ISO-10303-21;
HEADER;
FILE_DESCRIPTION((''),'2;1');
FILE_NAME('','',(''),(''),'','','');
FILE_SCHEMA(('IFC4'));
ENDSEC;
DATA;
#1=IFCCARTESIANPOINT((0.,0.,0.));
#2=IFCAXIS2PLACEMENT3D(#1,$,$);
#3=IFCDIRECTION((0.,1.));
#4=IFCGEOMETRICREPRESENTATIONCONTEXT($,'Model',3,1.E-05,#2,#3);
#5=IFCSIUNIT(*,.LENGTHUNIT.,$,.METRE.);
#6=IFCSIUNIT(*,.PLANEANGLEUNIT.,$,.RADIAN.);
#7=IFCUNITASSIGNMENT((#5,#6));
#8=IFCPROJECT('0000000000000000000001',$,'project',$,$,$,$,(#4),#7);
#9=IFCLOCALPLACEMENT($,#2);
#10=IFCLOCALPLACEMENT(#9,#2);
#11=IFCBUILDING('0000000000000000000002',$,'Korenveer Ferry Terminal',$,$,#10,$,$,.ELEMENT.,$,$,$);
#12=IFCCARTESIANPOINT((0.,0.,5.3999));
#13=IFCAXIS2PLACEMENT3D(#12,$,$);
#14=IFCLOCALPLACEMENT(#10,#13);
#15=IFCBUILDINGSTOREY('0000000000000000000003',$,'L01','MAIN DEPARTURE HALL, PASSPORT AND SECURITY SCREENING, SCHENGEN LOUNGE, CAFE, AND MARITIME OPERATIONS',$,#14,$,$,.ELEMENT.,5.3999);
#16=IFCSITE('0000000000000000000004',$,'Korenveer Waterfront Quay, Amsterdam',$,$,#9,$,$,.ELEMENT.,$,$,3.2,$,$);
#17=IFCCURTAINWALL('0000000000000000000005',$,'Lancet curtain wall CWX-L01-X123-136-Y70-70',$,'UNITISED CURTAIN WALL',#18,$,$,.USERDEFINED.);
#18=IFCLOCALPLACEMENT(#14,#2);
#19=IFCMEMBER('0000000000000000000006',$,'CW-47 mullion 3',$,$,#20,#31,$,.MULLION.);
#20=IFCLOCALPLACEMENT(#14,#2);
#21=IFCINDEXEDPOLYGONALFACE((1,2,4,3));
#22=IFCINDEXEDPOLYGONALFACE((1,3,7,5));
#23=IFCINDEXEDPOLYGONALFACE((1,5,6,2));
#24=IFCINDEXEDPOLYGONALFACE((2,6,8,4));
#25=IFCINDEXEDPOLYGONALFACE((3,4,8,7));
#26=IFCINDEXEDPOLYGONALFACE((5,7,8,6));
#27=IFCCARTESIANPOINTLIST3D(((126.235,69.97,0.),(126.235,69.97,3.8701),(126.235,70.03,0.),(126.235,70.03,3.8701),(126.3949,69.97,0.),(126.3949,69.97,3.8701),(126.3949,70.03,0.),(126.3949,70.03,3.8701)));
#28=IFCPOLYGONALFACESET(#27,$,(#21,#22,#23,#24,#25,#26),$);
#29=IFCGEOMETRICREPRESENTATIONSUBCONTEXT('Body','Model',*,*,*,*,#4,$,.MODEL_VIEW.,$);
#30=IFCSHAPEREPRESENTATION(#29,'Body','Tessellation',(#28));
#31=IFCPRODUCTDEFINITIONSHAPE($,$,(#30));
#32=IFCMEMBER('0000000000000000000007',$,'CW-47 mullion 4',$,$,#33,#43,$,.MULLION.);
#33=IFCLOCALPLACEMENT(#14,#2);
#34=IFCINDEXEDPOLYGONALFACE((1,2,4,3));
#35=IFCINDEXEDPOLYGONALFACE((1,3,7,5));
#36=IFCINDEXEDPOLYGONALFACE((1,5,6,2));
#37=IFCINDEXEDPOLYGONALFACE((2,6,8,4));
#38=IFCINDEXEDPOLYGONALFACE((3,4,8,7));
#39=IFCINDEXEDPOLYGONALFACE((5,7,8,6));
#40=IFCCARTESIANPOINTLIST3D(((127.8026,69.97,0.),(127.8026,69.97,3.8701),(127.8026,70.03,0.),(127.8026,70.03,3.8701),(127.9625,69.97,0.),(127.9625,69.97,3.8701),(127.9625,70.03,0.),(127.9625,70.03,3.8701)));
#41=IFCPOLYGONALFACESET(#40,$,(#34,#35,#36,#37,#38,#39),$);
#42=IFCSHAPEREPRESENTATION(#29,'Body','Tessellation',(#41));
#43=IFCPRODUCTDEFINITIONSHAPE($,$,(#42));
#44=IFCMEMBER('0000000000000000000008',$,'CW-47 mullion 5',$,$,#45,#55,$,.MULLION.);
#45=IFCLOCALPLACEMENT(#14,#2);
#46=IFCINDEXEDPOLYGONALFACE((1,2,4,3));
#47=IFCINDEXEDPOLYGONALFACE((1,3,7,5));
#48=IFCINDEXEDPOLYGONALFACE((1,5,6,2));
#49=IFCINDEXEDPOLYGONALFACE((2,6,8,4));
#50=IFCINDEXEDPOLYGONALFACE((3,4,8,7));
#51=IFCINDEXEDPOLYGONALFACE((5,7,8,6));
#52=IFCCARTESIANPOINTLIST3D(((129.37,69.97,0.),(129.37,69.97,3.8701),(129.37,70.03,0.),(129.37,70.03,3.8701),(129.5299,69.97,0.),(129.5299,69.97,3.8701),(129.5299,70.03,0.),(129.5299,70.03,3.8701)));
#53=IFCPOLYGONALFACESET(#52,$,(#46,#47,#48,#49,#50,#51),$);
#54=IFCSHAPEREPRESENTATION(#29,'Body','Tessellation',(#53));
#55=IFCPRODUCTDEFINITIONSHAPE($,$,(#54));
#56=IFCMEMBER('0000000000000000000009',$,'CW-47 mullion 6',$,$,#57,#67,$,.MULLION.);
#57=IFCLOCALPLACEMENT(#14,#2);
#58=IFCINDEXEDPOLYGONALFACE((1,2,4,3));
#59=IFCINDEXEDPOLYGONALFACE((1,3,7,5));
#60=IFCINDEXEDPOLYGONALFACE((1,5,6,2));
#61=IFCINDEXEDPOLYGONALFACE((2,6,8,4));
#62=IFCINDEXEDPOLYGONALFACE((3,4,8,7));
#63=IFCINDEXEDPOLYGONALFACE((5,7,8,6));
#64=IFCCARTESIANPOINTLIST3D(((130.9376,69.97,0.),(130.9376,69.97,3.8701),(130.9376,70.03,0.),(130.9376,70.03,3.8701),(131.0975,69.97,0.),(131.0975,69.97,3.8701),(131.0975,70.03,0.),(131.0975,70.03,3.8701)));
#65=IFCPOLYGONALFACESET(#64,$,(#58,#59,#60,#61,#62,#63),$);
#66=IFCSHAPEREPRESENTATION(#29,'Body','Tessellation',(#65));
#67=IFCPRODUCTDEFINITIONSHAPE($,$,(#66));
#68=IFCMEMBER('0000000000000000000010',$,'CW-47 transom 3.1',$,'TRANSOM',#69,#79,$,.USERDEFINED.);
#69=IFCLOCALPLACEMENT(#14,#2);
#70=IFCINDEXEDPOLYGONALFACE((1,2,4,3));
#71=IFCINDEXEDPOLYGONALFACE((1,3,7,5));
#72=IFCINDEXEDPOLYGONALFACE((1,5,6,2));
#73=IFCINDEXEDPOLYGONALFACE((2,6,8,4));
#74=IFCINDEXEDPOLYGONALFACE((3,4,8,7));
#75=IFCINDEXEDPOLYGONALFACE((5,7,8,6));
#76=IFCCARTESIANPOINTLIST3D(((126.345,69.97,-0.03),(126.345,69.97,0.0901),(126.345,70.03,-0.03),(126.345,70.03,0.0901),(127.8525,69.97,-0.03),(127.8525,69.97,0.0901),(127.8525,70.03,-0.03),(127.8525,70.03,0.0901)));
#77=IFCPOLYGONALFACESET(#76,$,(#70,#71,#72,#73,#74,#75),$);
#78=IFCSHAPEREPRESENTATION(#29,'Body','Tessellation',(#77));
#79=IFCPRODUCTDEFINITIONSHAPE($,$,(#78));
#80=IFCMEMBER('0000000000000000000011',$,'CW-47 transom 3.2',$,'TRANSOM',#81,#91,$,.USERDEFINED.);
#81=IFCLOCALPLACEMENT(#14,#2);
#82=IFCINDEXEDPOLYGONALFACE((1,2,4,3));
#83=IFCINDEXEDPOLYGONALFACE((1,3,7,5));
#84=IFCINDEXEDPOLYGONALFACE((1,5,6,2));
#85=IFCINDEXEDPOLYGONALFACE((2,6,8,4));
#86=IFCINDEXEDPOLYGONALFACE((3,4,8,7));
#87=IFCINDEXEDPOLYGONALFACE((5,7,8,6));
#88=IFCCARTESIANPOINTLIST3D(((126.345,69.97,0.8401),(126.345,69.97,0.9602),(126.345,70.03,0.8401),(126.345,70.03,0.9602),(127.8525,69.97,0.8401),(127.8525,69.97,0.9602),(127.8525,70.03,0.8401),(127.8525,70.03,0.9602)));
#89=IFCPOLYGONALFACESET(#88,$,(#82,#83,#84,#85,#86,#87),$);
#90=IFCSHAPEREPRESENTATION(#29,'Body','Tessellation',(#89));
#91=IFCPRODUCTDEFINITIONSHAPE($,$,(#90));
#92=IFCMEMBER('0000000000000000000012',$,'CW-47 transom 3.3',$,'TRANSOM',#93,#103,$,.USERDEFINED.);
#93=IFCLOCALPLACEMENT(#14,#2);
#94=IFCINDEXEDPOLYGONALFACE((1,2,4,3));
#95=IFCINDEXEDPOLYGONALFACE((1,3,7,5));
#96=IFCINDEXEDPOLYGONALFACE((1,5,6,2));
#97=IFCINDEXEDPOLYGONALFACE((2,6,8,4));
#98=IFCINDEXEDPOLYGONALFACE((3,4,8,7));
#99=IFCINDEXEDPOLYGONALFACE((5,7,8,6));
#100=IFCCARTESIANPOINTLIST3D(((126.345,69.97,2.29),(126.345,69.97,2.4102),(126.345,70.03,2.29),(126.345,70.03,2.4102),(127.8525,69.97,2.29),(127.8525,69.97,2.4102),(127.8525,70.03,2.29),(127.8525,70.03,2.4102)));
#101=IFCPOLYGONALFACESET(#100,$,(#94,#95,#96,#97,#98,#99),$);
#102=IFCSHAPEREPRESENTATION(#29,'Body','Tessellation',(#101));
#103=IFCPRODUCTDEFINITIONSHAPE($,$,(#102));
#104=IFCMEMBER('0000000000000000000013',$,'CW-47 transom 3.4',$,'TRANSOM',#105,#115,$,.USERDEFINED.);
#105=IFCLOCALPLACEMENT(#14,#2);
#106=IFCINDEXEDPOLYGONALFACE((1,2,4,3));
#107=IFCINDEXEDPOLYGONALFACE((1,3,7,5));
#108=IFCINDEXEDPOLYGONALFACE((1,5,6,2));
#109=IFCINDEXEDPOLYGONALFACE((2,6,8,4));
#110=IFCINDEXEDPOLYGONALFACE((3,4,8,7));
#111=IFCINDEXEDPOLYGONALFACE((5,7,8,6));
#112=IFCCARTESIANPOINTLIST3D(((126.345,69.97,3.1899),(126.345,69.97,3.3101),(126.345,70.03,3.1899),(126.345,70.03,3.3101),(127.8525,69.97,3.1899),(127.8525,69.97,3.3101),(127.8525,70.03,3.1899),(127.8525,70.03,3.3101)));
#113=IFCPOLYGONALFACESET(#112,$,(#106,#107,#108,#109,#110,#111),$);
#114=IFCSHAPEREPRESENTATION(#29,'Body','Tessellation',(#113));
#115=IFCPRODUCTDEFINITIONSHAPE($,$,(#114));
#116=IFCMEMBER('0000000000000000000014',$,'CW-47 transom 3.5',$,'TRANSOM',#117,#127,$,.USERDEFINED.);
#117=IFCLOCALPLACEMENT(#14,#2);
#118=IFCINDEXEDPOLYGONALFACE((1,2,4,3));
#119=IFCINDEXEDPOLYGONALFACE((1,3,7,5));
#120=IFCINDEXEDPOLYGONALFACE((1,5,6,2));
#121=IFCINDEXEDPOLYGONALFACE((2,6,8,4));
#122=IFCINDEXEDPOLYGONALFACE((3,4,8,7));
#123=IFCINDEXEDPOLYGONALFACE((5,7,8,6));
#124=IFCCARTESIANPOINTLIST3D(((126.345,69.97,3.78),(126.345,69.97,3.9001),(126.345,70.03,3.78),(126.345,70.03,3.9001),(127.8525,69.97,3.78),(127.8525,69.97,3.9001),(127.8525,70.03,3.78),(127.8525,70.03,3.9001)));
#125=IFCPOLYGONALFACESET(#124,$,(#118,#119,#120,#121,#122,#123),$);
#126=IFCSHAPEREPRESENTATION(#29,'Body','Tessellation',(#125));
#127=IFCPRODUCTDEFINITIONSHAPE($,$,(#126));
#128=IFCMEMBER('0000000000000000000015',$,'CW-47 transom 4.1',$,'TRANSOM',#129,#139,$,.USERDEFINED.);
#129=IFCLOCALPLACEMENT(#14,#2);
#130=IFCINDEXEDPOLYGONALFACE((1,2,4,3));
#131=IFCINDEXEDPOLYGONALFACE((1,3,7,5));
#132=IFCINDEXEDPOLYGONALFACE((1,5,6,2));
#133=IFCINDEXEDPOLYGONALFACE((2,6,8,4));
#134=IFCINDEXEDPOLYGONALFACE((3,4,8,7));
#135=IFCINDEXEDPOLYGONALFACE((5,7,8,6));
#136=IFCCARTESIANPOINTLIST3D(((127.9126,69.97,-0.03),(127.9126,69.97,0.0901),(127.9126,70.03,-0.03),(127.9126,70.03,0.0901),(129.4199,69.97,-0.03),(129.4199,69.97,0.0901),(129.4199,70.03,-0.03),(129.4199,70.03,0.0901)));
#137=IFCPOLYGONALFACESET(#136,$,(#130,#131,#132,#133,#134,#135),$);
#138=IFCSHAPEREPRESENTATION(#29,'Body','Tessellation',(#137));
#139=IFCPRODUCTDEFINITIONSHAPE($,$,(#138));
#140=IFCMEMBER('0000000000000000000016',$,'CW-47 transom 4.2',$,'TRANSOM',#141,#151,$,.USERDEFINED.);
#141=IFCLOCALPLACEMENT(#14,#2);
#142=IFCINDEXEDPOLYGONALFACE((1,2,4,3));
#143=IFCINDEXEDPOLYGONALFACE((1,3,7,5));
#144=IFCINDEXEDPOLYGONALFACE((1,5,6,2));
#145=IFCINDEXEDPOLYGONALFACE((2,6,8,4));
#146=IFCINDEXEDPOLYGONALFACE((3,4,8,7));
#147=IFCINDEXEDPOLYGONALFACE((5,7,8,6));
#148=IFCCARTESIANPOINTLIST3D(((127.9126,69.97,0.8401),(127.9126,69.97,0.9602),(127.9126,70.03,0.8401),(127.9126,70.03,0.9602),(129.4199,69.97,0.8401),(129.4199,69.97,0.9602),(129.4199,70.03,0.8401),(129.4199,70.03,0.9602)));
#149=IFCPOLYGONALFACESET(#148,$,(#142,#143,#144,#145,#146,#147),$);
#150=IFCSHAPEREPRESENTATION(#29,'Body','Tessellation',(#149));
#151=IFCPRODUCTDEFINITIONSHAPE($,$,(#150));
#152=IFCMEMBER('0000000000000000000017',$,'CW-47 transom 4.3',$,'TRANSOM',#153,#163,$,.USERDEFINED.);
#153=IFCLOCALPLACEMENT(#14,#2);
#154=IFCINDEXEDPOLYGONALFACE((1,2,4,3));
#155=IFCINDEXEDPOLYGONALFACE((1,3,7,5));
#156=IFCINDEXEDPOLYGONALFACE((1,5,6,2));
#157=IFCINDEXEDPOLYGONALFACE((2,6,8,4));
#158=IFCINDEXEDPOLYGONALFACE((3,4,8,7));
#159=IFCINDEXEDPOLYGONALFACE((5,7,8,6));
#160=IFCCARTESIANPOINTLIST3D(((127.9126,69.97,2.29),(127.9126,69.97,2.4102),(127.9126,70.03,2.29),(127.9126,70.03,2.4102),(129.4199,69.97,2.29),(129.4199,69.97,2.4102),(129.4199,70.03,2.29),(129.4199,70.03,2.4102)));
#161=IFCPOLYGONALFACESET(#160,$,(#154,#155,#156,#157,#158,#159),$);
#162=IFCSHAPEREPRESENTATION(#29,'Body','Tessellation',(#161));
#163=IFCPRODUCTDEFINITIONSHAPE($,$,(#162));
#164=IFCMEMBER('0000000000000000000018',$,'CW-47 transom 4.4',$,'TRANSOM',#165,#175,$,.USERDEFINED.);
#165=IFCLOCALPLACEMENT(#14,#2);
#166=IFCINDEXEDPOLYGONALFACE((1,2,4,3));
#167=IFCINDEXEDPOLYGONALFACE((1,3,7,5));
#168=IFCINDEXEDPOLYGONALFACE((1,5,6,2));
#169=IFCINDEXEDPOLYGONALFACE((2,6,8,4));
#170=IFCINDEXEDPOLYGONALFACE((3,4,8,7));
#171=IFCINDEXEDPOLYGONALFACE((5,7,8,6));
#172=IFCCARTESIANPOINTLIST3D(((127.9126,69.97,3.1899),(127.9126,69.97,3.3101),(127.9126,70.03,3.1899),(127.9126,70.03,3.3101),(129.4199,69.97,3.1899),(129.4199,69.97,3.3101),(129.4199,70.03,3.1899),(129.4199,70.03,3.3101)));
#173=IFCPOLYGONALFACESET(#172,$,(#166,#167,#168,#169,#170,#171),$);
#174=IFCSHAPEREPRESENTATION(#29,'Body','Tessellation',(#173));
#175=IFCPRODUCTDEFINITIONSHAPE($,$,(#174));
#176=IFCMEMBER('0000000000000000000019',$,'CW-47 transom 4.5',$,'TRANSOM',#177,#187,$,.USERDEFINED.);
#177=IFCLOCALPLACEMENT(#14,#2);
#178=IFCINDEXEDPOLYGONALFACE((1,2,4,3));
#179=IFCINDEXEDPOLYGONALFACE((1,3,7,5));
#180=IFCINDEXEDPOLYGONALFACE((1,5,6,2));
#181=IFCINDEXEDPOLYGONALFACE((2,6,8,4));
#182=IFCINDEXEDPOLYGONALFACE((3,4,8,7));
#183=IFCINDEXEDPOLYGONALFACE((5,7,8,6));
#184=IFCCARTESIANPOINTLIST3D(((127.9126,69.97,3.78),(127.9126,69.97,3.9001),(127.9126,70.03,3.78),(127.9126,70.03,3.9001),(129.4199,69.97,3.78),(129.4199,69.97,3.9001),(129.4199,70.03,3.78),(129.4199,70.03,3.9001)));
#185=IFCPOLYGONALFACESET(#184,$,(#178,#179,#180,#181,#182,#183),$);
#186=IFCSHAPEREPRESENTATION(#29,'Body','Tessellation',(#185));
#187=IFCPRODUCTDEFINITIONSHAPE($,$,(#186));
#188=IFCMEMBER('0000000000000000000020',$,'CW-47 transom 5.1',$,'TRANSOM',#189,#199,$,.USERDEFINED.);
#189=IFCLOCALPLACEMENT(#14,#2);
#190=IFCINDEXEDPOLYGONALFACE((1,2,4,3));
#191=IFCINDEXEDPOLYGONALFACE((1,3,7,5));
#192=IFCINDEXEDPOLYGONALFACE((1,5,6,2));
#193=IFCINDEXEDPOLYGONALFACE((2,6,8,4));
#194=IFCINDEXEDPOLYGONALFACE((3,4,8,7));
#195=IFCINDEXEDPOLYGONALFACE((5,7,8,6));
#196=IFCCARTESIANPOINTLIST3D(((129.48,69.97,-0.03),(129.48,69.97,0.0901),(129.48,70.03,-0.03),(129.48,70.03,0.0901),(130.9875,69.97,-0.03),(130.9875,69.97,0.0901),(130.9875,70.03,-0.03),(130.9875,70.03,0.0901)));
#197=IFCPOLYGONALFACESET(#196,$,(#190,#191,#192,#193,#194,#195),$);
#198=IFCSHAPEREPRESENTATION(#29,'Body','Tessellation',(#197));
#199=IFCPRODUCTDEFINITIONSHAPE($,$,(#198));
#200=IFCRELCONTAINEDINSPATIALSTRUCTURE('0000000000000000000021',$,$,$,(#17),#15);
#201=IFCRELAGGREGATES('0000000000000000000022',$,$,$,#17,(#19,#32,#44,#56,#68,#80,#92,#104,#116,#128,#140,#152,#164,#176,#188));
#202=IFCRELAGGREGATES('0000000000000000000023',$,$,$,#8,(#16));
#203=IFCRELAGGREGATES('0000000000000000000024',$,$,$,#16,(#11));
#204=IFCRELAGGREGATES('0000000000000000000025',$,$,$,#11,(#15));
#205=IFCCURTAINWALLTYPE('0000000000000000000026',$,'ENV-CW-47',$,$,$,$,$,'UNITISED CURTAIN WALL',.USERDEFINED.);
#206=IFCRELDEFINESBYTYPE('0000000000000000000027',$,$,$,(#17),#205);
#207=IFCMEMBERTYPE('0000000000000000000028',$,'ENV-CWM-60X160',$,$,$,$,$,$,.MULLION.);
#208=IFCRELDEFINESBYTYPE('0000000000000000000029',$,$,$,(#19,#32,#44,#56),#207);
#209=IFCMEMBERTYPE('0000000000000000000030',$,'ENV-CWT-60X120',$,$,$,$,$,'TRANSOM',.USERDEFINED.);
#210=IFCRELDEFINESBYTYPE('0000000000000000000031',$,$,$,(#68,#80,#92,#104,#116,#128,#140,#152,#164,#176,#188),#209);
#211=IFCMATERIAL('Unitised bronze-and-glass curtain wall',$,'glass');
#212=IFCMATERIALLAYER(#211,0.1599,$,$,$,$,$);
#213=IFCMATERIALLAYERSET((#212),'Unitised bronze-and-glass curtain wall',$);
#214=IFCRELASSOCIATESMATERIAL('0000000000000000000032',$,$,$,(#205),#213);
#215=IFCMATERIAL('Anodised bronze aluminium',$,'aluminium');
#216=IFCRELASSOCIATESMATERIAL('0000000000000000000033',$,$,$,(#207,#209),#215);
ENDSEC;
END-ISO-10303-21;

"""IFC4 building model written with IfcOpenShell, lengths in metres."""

from ifc_helpers import new_model, si_unit, direction, frame, origin, origin_2d, place, context, subcontext, project, spatial, rectangle, extrude, material, layer, layer_set, material_profile, profile_set, type_object, element, aggregate, save


model = new_model("IFC4")

# Units and contexts
model_context = context("Model", 3, precision=1e-05, world=origin(), true_north=direction((0.0, 1.0)))
body_context = subcontext(model_context, "Body", "Model", "MODEL_VIEW")
ifc_project = project(units=[si_unit("LENGTHUNIT", "METRE"), si_unit("PLANEANGLEUNIT", "RADIAN")], contexts=[model_context])

# Site, building, storey
site_placement = place(None, origin())
site = spatial("IfcSite", under=ifc_project, at=site_placement, Name="Korenveer Waterfront Quay, Amsterdam", CompositionType="ELEMENT", RefElevation=3.2)
building_placement = place(site_placement, origin())
building = spatial("IfcBuilding", under=site, at=building_placement, Name="Korenveer Ferry Terminal", CompositionType="ELEMENT")
storey_placement = place(building_placement, frame((0.0, 0.0, 5.3999)))
storey = spatial("IfcBuildingStorey", under=building, at=storey_placement, Name="L01", Description="MAIN DEPARTURE HALL, PASSPORT AND SECURITY SCREENING, SCHENGEN LOUNGE, CAFE, AND MARITIME OPERATIONS", CompositionType="ELEMENT", Elevation=5.3999)

# Curtain wall, members
ifc_material_1 = material(Name="Unitised bronze-and-glass curtain wall", Category="glass")
ifc_layer_1 = layer(ifc_material_1, 0.1599)
ifc_layer_set_1 = layer_set([ifc_layer_1], Name="Unitised bronze-and-glass curtain wall")
curtain_wall_type = type_object("IfcCurtainWallType", Name="ENV-CW-47", ElementType="UNITISED CURTAIN WALL", PredefinedType="USERDEFINED", material=ifc_layer_set_1)
curtain_wall_placement = place(storey_placement, frame((123.1799, 70.0, 0.0)))
curtain_wall = element("IfcCurtainWall", 1, at=curtain_wall_placement, inside=storey, type_object=curtain_wall_type, Name="Lancet curtain wall CWX-L01-X123-136-Y70-70", ObjectType="UNITISED CURTAIN WALL", PredefinedType="USERDEFINED")
ifc_material_2 = material(Name="Anodised bronze aluminium", Category="aluminium")
ifc_material_profile_1 = material_profile(ifc_material_2, rectangle(XDim=0.0601, YDim=0.1599, at=origin_2d()), Name="ALU 60x160")
ifc_profile_set_1 = profile_set([ifc_material_profile_1], Name="Anodised bronze aluminium")
member_type_1 = type_object("IfcMemberType", Name="ENV-CWM-60X160", PredefinedType="MULLION", material=ifc_profile_set_1)
member_1_placement = place(storey_placement, frame((126.3149, 70.0, 0.0), z_axis=(0.0, 0.0, 1.0), x_axis=(0.0, 1.0, 0.0)))
member_1 = element("IfcMember", 2, at=member_1_placement, type_object=member_type_1, Name="CW-47 mullion 3", PredefinedType="MULLION", context=body_context, shape_type="SweptSolid", body=[
    extrude(rectangle(XDim=0.0601, YDim=0.1599, at=origin_2d()), origin(), (0.0, 0.0, 1.0), 3.8701),
])
member_2_placement = place(storey_placement, frame((127.8826, 70.0, 0.0), z_axis=(0.0, 0.0, 1.0), x_axis=(0.0, 1.0, 0.0)))
member_2 = element("IfcMember", 3, at=member_2_placement, type_object=member_type_1, Name="CW-47 mullion 4", PredefinedType="MULLION", context=body_context, shape_type="SweptSolid", body=[
    extrude(rectangle(XDim=0.0601, YDim=0.1599, at=origin_2d()), origin(), (0.0, 0.0, 1.0), 3.8701),
])
member_3_placement = place(storey_placement, frame((129.45, 70.0, 0.0), z_axis=(0.0, 0.0, 1.0), x_axis=(0.0, 1.0, 0.0)))
member_3 = element("IfcMember", 4, at=member_3_placement, type_object=member_type_1, Name="CW-47 mullion 5", PredefinedType="MULLION", context=body_context, shape_type="SweptSolid", body=[
    extrude(rectangle(XDim=0.0601, YDim=0.1599, at=origin_2d()), origin(), (0.0, 0.0, 1.0), 3.8701),
])
member_4_placement = place(storey_placement, frame((131.0176, 70.0, 0.0), z_axis=(0.0, 0.0, 1.0), x_axis=(0.0, 1.0, 0.0)))
member_4 = element("IfcMember", 5, at=member_4_placement, type_object=member_type_1, Name="CW-47 mullion 6", PredefinedType="MULLION", context=body_context, shape_type="SweptSolid", body=[
    extrude(rectangle(XDim=0.0601, YDim=0.1599, at=origin_2d()), origin(), (0.0, 0.0, 1.0), 3.8701),
])
ifc_material_profile_2 = material_profile(ifc_material_2, rectangle(XDim=0.0601, YDim=0.1201, at=origin_2d()), Name="ALU 60x120")
ifc_profile_set_2 = profile_set([ifc_material_profile_2], Name="Anodised bronze aluminium")
member_type_2 = type_object("IfcMemberType", Name="ENV-CWT-60X120", ElementType="TRANSOM", PredefinedType="USERDEFINED", material=ifc_profile_set_2)
member_5_placement = place(storey_placement, frame((126.345, 70.0, 0.03), z_axis=(1.0, 0.0, 0.0), x_axis=(0.0, 1.0, 0.0)))
member_5 = element("IfcMember", 6, at=member_5_placement, type_object=member_type_2, Name="CW-47 transom 3.1", ObjectType="TRANSOM", PredefinedType="USERDEFINED", context=body_context, shape_type="SweptSolid", body=[
    extrude(rectangle(XDim=0.0601, YDim=0.1201, at=origin_2d()), origin(), (0.0, 0.0, 1.0), 1.5076),
])
member_6_placement = place(storey_placement, frame((126.345, 70.0, 0.9001), z_axis=(1.0, 0.0, 0.0), x_axis=(0.0, 1.0, 0.0)))
member_6 = element("IfcMember", 7, at=member_6_placement, type_object=member_type_2, Name="CW-47 transom 3.2", ObjectType="TRANSOM", PredefinedType="USERDEFINED", context=body_context, shape_type="SweptSolid", body=[
    extrude(rectangle(XDim=0.0601, YDim=0.1201, at=origin_2d()), origin(), (0.0, 0.0, 1.0), 1.5076),
])
member_7_placement = place(storey_placement, frame((126.345, 70.0, 2.3501), z_axis=(1.0, 0.0, 0.0), x_axis=(0.0, 1.0, 0.0)))
member_7 = element("IfcMember", 8, at=member_7_placement, type_object=member_type_2, Name="CW-47 transom 3.3", ObjectType="TRANSOM", PredefinedType="USERDEFINED", context=body_context, shape_type="SweptSolid", body=[
    extrude(rectangle(XDim=0.0601, YDim=0.1201, at=origin_2d()), origin(), (0.0, 0.0, 1.0), 1.5076),
])
member_8_placement = place(storey_placement, frame((126.345, 70.0, 3.25), z_axis=(1.0, 0.0, 0.0), x_axis=(0.0, 1.0, 0.0)))
member_8 = element("IfcMember", 9, at=member_8_placement, type_object=member_type_2, Name="CW-47 transom 3.4", ObjectType="TRANSOM", PredefinedType="USERDEFINED", context=body_context, shape_type="SweptSolid", body=[
    extrude(rectangle(XDim=0.0601, YDim=0.1201, at=origin_2d()), origin(), (0.0, 0.0, 1.0), 1.5076),
])
member_9_placement = place(storey_placement, frame((126.345, 70.0, 3.8401), z_axis=(1.0, 0.0, 0.0), x_axis=(0.0, 1.0, 0.0)))
member_9 = element("IfcMember", 10, at=member_9_placement, type_object=member_type_2, Name="CW-47 transom 3.5", ObjectType="TRANSOM", PredefinedType="USERDEFINED", context=body_context, shape_type="SweptSolid", body=[
    extrude(rectangle(XDim=0.0601, YDim=0.1201, at=origin_2d()), origin(), (0.0, 0.0, 1.0), 1.5076),
])
member_10_placement = place(storey_placement, frame((127.9126, 70.0, 0.03), z_axis=(1.0, 0.0, 0.0), x_axis=(0.0, 1.0, 0.0)))
member_10 = element("IfcMember", 11, at=member_10_placement, type_object=member_type_2, Name="CW-47 transom 4.1", ObjectType="TRANSOM", PredefinedType="USERDEFINED", context=body_context, shape_type="SweptSolid", body=[
    extrude(rectangle(XDim=0.0601, YDim=0.1201, at=origin_2d()), origin(), (0.0, 0.0, 1.0), 1.5073),
])
member_11_placement = place(storey_placement, frame((127.9126, 70.0, 0.9001), z_axis=(1.0, 0.0, 0.0), x_axis=(0.0, 1.0, 0.0)))
member_11 = element("IfcMember", 12, at=member_11_placement, type_object=member_type_2, Name="CW-47 transom 4.2", ObjectType="TRANSOM", PredefinedType="USERDEFINED", context=body_context, shape_type="SweptSolid", body=[
    extrude(rectangle(XDim=0.0601, YDim=0.1201, at=origin_2d()), origin(), (0.0, 0.0, 1.0), 1.5073),
])
member_12_placement = place(storey_placement, frame((127.9126, 70.0, 2.3501), z_axis=(1.0, 0.0, 0.0), x_axis=(0.0, 1.0, 0.0)))
member_12 = element("IfcMember", 13, at=member_12_placement, type_object=member_type_2, Name="CW-47 transom 4.3", ObjectType="TRANSOM", PredefinedType="USERDEFINED", context=body_context, shape_type="SweptSolid", body=[
    extrude(rectangle(XDim=0.0601, YDim=0.1201, at=origin_2d()), origin(), (0.0, 0.0, 1.0), 1.5073),
])
member_13_placement = place(storey_placement, frame((127.9126, 70.0, 3.25), z_axis=(1.0, 0.0, 0.0), x_axis=(0.0, 1.0, 0.0)))
member_13 = element("IfcMember", 14, at=member_13_placement, type_object=member_type_2, Name="CW-47 transom 4.4", ObjectType="TRANSOM", PredefinedType="USERDEFINED", context=body_context, shape_type="SweptSolid", body=[
    extrude(rectangle(XDim=0.0601, YDim=0.1201, at=origin_2d()), origin(), (0.0, 0.0, 1.0), 1.5073),
])
member_14_placement = place(storey_placement, frame((127.9126, 70.0, 3.8401), z_axis=(1.0, 0.0, 0.0), x_axis=(0.0, 1.0, 0.0)))
member_14 = element("IfcMember", 15, at=member_14_placement, type_object=member_type_2, Name="CW-47 transom 4.5", ObjectType="TRANSOM", PredefinedType="USERDEFINED", context=body_context, shape_type="SweptSolid", body=[
    extrude(rectangle(XDim=0.0601, YDim=0.1201, at=origin_2d()), origin(), (0.0, 0.0, 1.0), 1.5073),
])
member_15_placement = place(storey_placement, frame((129.48, 70.0, 0.03), z_axis=(1.0, 0.0, 0.0), x_axis=(0.0, 1.0, 0.0)))
member_15 = element("IfcMember", 16, at=member_15_placement, type_object=member_type_2, Name="CW-47 transom 5.1", ObjectType="TRANSOM", PredefinedType="USERDEFINED", context=body_context, shape_type="SweptSolid", body=[
    extrude(rectangle(XDim=0.0601, YDim=0.1201, at=origin_2d()), origin(), (0.0, 0.0, 1.0), 1.5076),
])
aggregate(curtain_wall, [member_1, member_2, member_3, member_4, member_5, member_6, member_7, member_8, member_9, member_10, member_11, member_12, member_13, member_14, member_15])

save(model, "model.ifc")
